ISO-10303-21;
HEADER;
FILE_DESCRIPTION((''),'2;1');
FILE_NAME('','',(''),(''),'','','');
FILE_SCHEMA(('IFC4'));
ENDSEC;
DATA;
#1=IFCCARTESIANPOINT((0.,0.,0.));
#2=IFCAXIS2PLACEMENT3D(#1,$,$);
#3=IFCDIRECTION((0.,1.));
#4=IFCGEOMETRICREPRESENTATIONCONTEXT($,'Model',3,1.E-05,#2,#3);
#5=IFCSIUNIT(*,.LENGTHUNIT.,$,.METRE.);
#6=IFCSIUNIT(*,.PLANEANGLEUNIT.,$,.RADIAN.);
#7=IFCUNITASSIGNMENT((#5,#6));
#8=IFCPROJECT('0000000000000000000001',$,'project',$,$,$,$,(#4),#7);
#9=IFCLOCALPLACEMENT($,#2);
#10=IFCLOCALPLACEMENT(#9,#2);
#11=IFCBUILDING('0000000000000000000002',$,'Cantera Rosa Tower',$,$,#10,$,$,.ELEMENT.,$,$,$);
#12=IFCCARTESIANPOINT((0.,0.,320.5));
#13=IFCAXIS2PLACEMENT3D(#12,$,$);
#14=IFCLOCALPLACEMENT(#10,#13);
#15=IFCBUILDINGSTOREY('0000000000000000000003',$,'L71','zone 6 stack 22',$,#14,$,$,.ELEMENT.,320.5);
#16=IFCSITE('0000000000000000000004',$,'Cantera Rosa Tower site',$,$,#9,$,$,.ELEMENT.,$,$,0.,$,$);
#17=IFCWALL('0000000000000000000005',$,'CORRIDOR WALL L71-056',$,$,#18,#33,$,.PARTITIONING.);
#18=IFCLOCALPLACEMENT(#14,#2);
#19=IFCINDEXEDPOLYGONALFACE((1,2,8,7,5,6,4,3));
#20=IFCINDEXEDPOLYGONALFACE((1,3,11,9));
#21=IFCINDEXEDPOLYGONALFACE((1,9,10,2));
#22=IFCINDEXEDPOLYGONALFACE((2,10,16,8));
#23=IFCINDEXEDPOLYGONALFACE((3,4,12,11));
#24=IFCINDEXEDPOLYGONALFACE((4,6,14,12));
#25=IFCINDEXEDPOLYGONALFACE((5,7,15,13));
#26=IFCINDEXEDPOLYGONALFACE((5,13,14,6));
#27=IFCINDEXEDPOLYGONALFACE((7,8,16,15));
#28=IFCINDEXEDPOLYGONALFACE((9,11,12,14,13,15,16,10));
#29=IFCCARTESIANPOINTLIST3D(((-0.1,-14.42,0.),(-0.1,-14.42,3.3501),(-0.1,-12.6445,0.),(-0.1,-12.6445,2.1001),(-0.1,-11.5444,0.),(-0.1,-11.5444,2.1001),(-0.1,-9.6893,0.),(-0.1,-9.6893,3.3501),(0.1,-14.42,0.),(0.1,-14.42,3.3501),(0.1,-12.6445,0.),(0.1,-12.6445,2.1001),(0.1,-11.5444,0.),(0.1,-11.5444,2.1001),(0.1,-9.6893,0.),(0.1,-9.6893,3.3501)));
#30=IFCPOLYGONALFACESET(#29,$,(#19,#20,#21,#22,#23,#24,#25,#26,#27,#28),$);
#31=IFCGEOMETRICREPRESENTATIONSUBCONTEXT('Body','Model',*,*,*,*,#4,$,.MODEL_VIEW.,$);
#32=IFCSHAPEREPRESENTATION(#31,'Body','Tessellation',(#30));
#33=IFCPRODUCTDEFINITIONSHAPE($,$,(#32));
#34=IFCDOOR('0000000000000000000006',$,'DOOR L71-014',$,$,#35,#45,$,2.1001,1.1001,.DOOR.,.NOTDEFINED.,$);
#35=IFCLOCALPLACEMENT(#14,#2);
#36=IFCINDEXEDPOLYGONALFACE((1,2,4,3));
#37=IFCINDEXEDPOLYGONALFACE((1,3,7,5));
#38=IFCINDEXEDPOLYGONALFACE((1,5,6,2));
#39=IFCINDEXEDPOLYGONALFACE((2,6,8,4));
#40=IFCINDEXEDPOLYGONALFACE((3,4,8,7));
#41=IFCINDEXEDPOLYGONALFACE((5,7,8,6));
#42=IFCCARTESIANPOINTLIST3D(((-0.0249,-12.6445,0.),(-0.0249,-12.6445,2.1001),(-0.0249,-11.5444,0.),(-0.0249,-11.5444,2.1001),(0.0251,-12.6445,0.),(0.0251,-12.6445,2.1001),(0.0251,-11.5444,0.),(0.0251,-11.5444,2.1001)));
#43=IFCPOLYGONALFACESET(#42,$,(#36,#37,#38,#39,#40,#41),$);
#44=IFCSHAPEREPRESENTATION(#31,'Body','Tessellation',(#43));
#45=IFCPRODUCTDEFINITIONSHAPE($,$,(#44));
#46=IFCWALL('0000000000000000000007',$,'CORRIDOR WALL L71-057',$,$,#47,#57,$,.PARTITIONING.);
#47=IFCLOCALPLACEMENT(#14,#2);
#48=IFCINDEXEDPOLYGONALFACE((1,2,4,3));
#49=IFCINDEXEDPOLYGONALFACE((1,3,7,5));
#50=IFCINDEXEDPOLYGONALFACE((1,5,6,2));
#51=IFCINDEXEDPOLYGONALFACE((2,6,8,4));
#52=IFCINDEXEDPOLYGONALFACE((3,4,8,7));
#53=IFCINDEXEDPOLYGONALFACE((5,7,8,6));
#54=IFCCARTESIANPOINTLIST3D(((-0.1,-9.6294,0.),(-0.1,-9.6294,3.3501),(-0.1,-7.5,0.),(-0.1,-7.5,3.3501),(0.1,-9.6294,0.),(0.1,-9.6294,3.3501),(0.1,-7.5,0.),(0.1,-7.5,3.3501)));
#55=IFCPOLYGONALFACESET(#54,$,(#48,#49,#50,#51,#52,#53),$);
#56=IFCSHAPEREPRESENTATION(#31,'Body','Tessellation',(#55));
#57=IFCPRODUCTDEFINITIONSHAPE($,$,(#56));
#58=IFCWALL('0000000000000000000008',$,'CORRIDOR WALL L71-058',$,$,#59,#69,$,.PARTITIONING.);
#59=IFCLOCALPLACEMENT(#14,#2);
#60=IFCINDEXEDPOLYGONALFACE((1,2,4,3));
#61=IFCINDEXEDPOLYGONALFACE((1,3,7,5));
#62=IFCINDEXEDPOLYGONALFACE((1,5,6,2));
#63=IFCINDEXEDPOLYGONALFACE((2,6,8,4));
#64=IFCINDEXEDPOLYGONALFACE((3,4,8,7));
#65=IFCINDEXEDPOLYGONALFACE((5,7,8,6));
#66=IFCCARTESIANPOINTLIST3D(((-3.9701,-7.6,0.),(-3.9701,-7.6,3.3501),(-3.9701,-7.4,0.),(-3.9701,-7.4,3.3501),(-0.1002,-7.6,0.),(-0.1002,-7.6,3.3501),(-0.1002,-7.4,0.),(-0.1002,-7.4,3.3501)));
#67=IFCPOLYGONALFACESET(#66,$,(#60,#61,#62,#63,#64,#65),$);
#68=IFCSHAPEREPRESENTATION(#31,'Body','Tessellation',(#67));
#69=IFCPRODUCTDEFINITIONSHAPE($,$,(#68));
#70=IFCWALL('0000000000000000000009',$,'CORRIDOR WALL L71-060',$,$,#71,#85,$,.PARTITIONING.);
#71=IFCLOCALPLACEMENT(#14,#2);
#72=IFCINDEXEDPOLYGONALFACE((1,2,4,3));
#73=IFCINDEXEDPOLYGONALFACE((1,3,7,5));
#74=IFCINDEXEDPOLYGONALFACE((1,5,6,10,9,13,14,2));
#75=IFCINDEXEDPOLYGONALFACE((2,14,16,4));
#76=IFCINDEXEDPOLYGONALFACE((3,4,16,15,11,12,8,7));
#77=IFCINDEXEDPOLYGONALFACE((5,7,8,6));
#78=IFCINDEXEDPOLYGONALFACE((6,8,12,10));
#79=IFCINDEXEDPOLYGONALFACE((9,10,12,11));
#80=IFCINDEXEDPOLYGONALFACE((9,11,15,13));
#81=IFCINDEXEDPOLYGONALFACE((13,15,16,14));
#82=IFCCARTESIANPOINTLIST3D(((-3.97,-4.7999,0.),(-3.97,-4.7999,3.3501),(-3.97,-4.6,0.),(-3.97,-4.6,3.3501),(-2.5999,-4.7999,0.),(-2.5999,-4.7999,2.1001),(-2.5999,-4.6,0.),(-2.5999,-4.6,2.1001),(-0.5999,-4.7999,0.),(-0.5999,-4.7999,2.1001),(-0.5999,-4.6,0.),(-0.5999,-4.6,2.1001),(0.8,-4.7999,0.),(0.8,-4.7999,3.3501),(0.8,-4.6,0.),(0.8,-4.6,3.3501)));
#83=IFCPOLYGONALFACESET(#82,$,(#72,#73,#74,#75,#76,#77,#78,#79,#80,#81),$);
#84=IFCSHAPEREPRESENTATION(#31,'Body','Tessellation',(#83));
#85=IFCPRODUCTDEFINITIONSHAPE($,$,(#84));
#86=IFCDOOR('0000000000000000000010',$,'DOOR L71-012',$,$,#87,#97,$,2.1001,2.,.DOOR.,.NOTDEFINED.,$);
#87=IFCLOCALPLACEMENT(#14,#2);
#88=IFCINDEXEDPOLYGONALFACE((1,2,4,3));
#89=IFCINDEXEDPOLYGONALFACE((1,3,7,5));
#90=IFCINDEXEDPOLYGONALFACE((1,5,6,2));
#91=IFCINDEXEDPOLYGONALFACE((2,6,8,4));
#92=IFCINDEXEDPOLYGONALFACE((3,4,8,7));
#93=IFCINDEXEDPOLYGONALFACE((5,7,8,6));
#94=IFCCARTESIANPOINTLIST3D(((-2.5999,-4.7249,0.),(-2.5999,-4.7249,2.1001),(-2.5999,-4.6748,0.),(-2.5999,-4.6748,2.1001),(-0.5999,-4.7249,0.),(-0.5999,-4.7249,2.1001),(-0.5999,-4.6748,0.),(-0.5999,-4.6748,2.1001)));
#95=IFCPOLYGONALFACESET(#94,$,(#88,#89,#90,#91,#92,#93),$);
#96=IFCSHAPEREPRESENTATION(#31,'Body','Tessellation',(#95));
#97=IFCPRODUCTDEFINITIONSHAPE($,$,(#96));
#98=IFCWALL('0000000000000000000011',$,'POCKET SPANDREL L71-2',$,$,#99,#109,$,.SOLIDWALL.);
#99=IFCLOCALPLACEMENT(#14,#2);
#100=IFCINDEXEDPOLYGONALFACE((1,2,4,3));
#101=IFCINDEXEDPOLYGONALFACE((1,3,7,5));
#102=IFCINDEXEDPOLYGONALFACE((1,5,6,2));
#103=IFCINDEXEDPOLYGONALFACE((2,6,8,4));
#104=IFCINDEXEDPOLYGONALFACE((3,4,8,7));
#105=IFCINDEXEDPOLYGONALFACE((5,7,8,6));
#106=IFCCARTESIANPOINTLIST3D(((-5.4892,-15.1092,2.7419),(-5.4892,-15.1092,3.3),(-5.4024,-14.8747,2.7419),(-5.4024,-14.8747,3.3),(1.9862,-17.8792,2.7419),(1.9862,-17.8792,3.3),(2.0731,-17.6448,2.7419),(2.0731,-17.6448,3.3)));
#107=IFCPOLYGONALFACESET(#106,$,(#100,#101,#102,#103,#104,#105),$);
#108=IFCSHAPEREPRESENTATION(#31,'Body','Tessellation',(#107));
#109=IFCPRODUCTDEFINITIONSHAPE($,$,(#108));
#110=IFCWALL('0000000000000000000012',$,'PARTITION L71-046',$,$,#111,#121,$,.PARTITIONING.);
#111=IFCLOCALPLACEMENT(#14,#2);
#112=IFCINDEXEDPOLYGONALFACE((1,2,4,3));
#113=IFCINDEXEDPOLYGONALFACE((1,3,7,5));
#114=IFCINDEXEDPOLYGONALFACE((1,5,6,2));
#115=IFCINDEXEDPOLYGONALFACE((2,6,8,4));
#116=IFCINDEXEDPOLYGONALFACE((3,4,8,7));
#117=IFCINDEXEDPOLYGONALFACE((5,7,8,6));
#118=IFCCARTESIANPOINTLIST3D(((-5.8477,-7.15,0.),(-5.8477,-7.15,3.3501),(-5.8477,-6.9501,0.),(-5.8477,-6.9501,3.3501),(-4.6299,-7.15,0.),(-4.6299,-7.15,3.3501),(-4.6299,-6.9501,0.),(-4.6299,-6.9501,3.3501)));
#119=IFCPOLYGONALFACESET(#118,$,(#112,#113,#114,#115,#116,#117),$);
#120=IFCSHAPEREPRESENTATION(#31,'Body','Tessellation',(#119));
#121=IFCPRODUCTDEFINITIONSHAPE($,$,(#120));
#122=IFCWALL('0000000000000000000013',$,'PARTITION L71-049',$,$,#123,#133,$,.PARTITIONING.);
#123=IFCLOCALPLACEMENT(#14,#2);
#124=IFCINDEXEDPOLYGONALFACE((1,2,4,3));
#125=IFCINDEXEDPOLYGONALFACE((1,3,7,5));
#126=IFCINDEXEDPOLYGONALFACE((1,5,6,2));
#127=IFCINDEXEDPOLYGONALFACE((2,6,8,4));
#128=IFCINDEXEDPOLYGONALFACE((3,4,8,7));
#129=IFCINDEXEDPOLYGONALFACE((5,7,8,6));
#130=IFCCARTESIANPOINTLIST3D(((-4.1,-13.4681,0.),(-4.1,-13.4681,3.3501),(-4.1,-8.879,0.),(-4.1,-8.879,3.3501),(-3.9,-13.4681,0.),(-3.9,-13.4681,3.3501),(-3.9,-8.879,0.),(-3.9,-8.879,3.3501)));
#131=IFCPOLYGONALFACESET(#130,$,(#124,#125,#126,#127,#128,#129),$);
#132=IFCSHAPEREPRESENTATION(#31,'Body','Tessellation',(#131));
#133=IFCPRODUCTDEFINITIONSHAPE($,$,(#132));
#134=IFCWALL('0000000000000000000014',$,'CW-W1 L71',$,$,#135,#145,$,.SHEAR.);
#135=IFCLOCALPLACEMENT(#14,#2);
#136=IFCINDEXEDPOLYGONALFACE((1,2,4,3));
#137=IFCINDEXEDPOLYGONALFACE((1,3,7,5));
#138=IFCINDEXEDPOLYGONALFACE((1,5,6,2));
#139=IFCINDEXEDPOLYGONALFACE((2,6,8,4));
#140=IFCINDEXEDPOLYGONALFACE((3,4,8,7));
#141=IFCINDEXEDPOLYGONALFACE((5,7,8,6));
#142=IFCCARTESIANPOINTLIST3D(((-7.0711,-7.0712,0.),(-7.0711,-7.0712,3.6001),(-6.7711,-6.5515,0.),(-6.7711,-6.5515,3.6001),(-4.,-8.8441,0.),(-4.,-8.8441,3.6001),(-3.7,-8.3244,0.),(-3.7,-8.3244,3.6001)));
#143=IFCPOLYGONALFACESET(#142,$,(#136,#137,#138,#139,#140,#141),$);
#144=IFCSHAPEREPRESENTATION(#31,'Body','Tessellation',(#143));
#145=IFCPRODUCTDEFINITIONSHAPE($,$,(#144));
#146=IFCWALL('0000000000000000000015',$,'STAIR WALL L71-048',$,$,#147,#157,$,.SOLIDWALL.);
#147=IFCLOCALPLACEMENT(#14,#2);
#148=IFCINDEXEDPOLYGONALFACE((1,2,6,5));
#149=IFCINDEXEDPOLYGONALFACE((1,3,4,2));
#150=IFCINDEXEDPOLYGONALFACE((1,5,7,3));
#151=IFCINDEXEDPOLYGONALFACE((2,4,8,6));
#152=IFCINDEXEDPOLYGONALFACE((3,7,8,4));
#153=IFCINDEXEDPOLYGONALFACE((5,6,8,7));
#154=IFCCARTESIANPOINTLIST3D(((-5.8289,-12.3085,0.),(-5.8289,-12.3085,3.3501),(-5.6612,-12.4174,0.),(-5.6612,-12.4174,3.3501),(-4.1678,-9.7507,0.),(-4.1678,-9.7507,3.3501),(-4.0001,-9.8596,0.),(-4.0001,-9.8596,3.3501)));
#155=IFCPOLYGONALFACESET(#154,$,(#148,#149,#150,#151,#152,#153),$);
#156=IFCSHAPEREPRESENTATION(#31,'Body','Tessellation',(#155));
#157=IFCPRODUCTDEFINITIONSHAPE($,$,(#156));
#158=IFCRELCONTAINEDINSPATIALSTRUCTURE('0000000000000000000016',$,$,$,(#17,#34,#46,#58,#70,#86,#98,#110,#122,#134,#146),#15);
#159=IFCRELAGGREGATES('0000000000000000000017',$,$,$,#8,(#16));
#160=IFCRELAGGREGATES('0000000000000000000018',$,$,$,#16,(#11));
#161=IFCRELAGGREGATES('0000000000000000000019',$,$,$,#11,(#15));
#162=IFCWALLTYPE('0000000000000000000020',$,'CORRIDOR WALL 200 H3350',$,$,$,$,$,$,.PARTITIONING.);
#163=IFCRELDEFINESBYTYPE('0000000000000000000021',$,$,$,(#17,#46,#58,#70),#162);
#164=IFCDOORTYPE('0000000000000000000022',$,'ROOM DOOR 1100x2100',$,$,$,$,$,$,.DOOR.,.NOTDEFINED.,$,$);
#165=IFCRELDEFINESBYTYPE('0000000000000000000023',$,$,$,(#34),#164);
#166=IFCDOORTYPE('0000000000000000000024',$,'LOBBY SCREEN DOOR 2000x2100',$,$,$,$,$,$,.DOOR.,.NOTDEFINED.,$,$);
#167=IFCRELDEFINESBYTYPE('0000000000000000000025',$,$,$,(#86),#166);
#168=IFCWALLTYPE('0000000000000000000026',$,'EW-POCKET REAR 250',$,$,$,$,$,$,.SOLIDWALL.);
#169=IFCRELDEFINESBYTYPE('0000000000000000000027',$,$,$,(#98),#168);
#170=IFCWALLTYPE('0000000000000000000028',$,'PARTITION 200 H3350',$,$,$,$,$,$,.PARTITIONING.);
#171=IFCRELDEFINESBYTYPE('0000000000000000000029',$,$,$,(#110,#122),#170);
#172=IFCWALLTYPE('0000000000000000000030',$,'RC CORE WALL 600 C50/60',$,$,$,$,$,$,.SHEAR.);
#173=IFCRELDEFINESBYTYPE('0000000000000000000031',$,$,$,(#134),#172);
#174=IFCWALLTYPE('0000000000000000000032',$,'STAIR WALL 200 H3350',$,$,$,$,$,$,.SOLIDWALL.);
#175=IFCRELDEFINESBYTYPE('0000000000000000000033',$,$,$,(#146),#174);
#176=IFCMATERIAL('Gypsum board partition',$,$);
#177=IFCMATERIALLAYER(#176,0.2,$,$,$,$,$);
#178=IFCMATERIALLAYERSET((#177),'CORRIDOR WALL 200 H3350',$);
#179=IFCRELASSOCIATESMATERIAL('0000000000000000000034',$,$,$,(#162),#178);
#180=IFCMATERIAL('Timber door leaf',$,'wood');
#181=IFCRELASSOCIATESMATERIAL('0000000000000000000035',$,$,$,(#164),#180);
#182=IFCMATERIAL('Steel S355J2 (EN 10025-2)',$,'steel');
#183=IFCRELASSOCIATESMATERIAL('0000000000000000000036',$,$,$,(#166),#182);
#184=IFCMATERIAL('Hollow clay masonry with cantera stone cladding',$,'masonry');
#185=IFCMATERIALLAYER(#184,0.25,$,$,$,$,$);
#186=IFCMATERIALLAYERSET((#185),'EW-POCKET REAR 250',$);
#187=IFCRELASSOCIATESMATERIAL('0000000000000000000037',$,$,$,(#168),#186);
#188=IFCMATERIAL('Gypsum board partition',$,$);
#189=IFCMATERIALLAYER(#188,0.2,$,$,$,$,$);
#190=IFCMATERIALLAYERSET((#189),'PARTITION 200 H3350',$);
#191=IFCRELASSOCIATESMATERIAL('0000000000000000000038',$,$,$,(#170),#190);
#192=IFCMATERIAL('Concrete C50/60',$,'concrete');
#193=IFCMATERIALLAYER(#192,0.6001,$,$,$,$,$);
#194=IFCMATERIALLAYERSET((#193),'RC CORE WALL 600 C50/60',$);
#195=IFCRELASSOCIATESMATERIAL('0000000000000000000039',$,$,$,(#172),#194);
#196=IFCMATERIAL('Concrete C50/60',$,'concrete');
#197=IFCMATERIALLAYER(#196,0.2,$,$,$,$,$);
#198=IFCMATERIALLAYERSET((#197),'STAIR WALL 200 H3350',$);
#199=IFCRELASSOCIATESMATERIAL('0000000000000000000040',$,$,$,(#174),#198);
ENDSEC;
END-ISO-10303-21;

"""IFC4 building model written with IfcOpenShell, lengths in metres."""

from ifc_helpers import new_model, si_unit, direction, frame, frame_2d, origin, place, context, subcontext, project, spatial, rectangle, extrude, material, layer, layer_set, type_object, element, fill, save


model = new_model("IFC4")

# Units and contexts
model_context = context("Model", 3, precision=1e-05, world=origin(), true_north=direction((0.0, 1.0)))
body_context = subcontext(model_context, "Body", "Model", "MODEL_VIEW")
ifc_project = project(units=[si_unit("LENGTHUNIT", "METRE"), si_unit("PLANEANGLEUNIT", "RADIAN")], contexts=[model_context])

# Site, building, storey
site_placement = place(None, origin())
site = spatial("IfcSite", under=ifc_project, at=site_placement, Name="Cantera Rosa Tower site", CompositionType="ELEMENT", RefElevation=0.0)
building_placement = place(site_placement, origin())
building = spatial("IfcBuilding", under=site, at=building_placement, Name="Cantera Rosa Tower", CompositionType="ELEMENT")
storey_placement = place(building_placement, frame((0.0, 0.0, 320.5)))
storey = spatial("IfcBuildingStorey", under=building, at=storey_placement, Name="L71", Description="zone 6 stack 22", CompositionType="ELEMENT", Elevation=320.5)

# Shared definitions
ifc_material_1 = material(Name="Gypsum board partition")
ifc_layer_1 = layer(ifc_material_1, 0.2)
ifc_layer_set_1 = layer_set([ifc_layer_1], Name="CORRIDOR WALL 200 H3350")
wall_type_1 = type_object("IfcWallType", Name="CORRIDOR WALL 200 H3350", PredefinedType="PARTITIONING", material=ifc_layer_set_1)

# Wall, opening, door
wall_1_placement = place(storey_placement, frame((0.0, -14.4199, 0.0), z_axis=(0.0, 0.0, 1.0), x_axis=(0.0, 1.0, 0.0)))
wall_1 = element("IfcWall", 1, at=wall_1_placement, inside=storey, type_object=wall_type_1, Name="CORRIDOR WALL L71-056", PredefinedType="PARTITIONING", context=body_context, shape_type="SweptSolid", body=[
    extrude(rectangle(XDim=4.7307, YDim=0.2, at=frame_2d((2.3652, 0.0))), origin(), (0.0, 0.0, 1.0), 3.3501),
])
opening_1_placement = place(wall_1_placement, frame((1.7754, 0.0, 0.0)))
opening_1 = element("IfcOpeningElement", 2, at=opening_1_placement, cuts=wall_1, PredefinedType="OPENING", context=body_context, shape_type="SweptSolid", body=[
    extrude(rectangle(XDim=1.1001, YDim=2.1001, at=frame_2d((0.55, 1.05))), frame((0.0, 0.1099, 0.0), z_axis=(0.0, -1.0, 0.0), x_axis=(1.0, 0.0, 0.0)), (0.0, 0.0, 1.0), 0.22),
])
ifc_material_2 = material(Name="Timber door leaf", Category="wood")
door_type_1 = type_object("IfcDoorType", Name="ROOM DOOR 1100x2100", OperationType="NOTDEFINED", PredefinedType="DOOR", material=ifc_material_2)
door_1_placement = place(opening_1_placement, origin())
door_1 = element("IfcDoor", 3, at=door_1_placement, inside=storey, type_object=door_type_1, Name="DOOR L71-014", OperationType="NOTDEFINED", OverallHeight=2.1001, OverallWidth=1.1001, PredefinedType="DOOR", context=body_context, shape_type="SweptSolid", body=[
    extrude(rectangle(XDim=1.1001, YDim=2.1001, at=frame_2d((0.55, 1.05))), frame((0.0, 0.0249, 0.0), z_axis=(0.0, -1.0, 0.0), x_axis=(1.0, 0.0, 0.0)), (0.0, 0.0, 1.0), 0.05),
])
fill(opening_1, door_1)

# Walls
wall_2_placement = place(storey_placement, frame((0.0, -9.6294, 0.0), z_axis=(0.0, 0.0, 1.0), x_axis=(0.0, 1.0, 0.0)))
element("IfcWall", 4, at=wall_2_placement, inside=storey, type_object=wall_type_1, Name="CORRIDOR WALL L71-057", PredefinedType="PARTITIONING", context=body_context, shape_type="SweptSolid", body=[
    extrude(rectangle(XDim=2.1294, YDim=0.2, at=frame_2d((1.0647, 0.0))), origin(), (0.0, 0.0, 1.0), 3.3501),
])
wall_3_placement = place(storey_placement, frame((-0.1001, -7.5, 0.0), z_axis=(0.0, 0.0, 1.0), x_axis=(-1.0, 0.0, 0.0)))
element("IfcWall", 5, at=wall_3_placement, inside=storey, type_object=wall_type_1, Name="CORRIDOR WALL L71-058", PredefinedType="PARTITIONING", context=body_context, shape_type="SweptSolid", body=[
    extrude(rectangle(XDim=3.8699, YDim=0.2, at=frame_2d((1.9351, 0.0))), origin(), (0.0, 0.0, 1.0), 3.3501),
])

# Wall, opening, door
wall_4_placement = place(storey_placement, frame((0.8, -4.7, 0.0), z_axis=(0.0, 0.0, 1.0), x_axis=(-1.0, 0.0, 0.0)))
wall_4 = element("IfcWall", 6, at=wall_4_placement, inside=storey, type_object=wall_type_1, Name="CORRIDOR WALL L71-060", PredefinedType="PARTITIONING", context=body_context, shape_type="SweptSolid", body=[
    extrude(rectangle(XDim=4.77, YDim=0.2, at=frame_2d((2.385, 0.0))), origin(), (0.0, 0.0, 1.0), 3.3501),
])
opening_2_placement = place(wall_4_placement, frame((1.3999, 0.0, 0.0)))
opening_2 = element("IfcOpeningElement", 7, at=opening_2_placement, cuts=wall_4, PredefinedType="OPENING", context=body_context, shape_type="SweptSolid", body=[
    extrude(rectangle(XDim=2.0, YDim=2.1001, at=frame_2d((1.0, 1.05))), frame((0.0, 0.1099, 0.0), z_axis=(0.0, -1.0, 0.0), x_axis=(1.0, 0.0, 0.0)), (0.0, 0.0, 1.0), 0.22),
])
ifc_material_3 = material(Name="Steel S355J2 (EN 10025-2)", Category="steel")
door_type_2 = type_object("IfcDoorType", Name="LOBBY SCREEN DOOR 2000x2100", OperationType="NOTDEFINED", PredefinedType="DOOR", material=ifc_material_3)
door_2_placement = place(opening_2_placement, origin())
door_2 = element("IfcDoor", 8, at=door_2_placement, inside=storey, type_object=door_type_2, Name="DOOR L71-012", OperationType="NOTDEFINED", OverallHeight=2.1001, OverallWidth=2.0, PredefinedType="DOOR", context=body_context, shape_type="SweptSolid", body=[
    extrude(rectangle(XDim=2.0, YDim=2.1001, at=frame_2d((1.0, 1.05))), frame((0.0, 0.0249, 0.0), z_axis=(0.0, -1.0, 0.0), x_axis=(1.0, 0.0, 0.0)), (0.0, 0.0, 1.0), 0.05),
])
fill(opening_2, door_2)

# Walls
ifc_material_4 = material(Name="Hollow clay masonry with cantera stone cladding", Category="masonry")
ifc_layer_2 = layer(ifc_material_4, 0.25)
ifc_layer_set_2 = layer_set([ifc_layer_2], Name="EW-POCKET REAR 250")
wall_type_2 = type_object("IfcWallType", Name="EW-POCKET REAR 250", PredefinedType="SOLIDWALL", material=ifc_layer_set_2)
wall_5_placement = place(storey_placement, frame((-5.4458, -14.9919, 2.7419), z_axis=(0.0, 0.0, 1.0), x_axis=(0.937693, -0.347466, 0.0)))
element("IfcWall", 9, at=wall_5_placement, inside=storey, type_object=wall_type_2, Name="POCKET SPANDREL L71-2", PredefinedType="SOLIDWALL", context=body_context, shape_type="SweptSolid", body=[
    extrude(rectangle(XDim=7.9722, YDim=0.25, at=frame_2d((3.9861, 0.0))), origin(), (0.0, 0.0, 1.0), 0.5581),
])
ifc_material_5 = material(Name="Gypsum board partition")
ifc_layer_3 = layer(ifc_material_5, 0.2)
ifc_layer_set_3 = layer_set([ifc_layer_3], Name="PARTITION 200 H3350")
wall_type_3 = type_object("IfcWallType", Name="PARTITION 200 H3350", PredefinedType="PARTITIONING", material=ifc_layer_set_3)
wall_6_placement = place(storey_placement, frame((-4.6299, -7.05, 0.0), z_axis=(0.0, 0.0, 1.0), x_axis=(-1.0, 0.0, 0.0)))
element("IfcWall", 10, at=wall_6_placement, inside=storey, type_object=wall_type_3, Name="PARTITION L71-046", PredefinedType="PARTITIONING", context=body_context, shape_type="SweptSolid", body=[
    extrude(rectangle(XDim=1.2178, YDim=0.2, at=frame_2d((0.6089, 0.0))), origin(), (0.0, 0.0, 1.0), 3.3501),
])
wall_7_placement = place(storey_placement, frame((-4.0, -13.468, 0.0), z_axis=(0.0, 0.0, 1.0), x_axis=(0.0, 1.0, 0.0)))
element("IfcWall", 11, at=wall_7_placement, inside=storey, type_object=wall_type_3, Name="PARTITION L71-049", PredefinedType="PARTITIONING", context=body_context, shape_type="SweptSolid", body=[
    extrude(rectangle(XDim=4.5891, YDim=0.2, at=frame_2d((2.2944, 0.0))), origin(), (0.0, 0.0, 1.0), 3.3501),
])
ifc_material_6 = material(Name="Concrete C50/60", Category="concrete")
ifc_layer_4 = layer(ifc_material_6, 0.6001)
ifc_layer_set_4 = layer_set([ifc_layer_4], Name="RC CORE WALL 600 C50/60")
wall_type_4 = type_object("IfcWallType", Name="RC CORE WALL 600 C50/60", PredefinedType="SHEAR", material=ifc_layer_set_4)
wall_8_placement = place(storey_placement, frame((-3.8501, -8.5842, 0.0), z_axis=(0.0, 0.0, 1.0), x_axis=(-0.86604, 0.499975, 0.0)))
element("IfcWall", 12, at=wall_8_placement, inside=storey, type_object=wall_type_4, Name="CW-W1 L71", PredefinedType="SHEAR", context=body_context, shape_type="SweptSolid", body=[
    extrude(rectangle(XDim=3.5461, YDim=0.6001, at=frame_2d((1.7729, 0.0))), origin(), (0.0, 0.0, 1.0), 3.6001),
])
ifc_material_7 = material(Name="Concrete C50/60", Category="concrete")
ifc_layer_5 = layer(ifc_material_7, 0.2)
ifc_layer_set_5 = layer_set([ifc_layer_5], Name="STAIR WALL 200 H3350")
wall_type_5 = type_object("IfcWallType", Name="STAIR WALL 200 H3350", PredefinedType="SOLIDWALL", material=ifc_layer_set_5)
wall_9_placement = place(storey_placement, frame((-4.084, -9.8052, 0.0), z_axis=(0.0, 0.0, 1.0), x_axis=(-0.544648, -0.838665, 0.0)))
element("IfcWall", 13, at=wall_9_placement, inside=storey, type_object=wall_type_5, Name="STAIR WALL L71-048", PredefinedType="SOLIDWALL", context=body_context, shape_type="SweptSolid", body=[
    extrude(rectangle(XDim=3.0498, YDim=0.2, at=frame_2d((1.5249, 0.0))), origin(), (0.0, 0.0, 1.0), 3.3501),
])

save(model, "model.ifc")
